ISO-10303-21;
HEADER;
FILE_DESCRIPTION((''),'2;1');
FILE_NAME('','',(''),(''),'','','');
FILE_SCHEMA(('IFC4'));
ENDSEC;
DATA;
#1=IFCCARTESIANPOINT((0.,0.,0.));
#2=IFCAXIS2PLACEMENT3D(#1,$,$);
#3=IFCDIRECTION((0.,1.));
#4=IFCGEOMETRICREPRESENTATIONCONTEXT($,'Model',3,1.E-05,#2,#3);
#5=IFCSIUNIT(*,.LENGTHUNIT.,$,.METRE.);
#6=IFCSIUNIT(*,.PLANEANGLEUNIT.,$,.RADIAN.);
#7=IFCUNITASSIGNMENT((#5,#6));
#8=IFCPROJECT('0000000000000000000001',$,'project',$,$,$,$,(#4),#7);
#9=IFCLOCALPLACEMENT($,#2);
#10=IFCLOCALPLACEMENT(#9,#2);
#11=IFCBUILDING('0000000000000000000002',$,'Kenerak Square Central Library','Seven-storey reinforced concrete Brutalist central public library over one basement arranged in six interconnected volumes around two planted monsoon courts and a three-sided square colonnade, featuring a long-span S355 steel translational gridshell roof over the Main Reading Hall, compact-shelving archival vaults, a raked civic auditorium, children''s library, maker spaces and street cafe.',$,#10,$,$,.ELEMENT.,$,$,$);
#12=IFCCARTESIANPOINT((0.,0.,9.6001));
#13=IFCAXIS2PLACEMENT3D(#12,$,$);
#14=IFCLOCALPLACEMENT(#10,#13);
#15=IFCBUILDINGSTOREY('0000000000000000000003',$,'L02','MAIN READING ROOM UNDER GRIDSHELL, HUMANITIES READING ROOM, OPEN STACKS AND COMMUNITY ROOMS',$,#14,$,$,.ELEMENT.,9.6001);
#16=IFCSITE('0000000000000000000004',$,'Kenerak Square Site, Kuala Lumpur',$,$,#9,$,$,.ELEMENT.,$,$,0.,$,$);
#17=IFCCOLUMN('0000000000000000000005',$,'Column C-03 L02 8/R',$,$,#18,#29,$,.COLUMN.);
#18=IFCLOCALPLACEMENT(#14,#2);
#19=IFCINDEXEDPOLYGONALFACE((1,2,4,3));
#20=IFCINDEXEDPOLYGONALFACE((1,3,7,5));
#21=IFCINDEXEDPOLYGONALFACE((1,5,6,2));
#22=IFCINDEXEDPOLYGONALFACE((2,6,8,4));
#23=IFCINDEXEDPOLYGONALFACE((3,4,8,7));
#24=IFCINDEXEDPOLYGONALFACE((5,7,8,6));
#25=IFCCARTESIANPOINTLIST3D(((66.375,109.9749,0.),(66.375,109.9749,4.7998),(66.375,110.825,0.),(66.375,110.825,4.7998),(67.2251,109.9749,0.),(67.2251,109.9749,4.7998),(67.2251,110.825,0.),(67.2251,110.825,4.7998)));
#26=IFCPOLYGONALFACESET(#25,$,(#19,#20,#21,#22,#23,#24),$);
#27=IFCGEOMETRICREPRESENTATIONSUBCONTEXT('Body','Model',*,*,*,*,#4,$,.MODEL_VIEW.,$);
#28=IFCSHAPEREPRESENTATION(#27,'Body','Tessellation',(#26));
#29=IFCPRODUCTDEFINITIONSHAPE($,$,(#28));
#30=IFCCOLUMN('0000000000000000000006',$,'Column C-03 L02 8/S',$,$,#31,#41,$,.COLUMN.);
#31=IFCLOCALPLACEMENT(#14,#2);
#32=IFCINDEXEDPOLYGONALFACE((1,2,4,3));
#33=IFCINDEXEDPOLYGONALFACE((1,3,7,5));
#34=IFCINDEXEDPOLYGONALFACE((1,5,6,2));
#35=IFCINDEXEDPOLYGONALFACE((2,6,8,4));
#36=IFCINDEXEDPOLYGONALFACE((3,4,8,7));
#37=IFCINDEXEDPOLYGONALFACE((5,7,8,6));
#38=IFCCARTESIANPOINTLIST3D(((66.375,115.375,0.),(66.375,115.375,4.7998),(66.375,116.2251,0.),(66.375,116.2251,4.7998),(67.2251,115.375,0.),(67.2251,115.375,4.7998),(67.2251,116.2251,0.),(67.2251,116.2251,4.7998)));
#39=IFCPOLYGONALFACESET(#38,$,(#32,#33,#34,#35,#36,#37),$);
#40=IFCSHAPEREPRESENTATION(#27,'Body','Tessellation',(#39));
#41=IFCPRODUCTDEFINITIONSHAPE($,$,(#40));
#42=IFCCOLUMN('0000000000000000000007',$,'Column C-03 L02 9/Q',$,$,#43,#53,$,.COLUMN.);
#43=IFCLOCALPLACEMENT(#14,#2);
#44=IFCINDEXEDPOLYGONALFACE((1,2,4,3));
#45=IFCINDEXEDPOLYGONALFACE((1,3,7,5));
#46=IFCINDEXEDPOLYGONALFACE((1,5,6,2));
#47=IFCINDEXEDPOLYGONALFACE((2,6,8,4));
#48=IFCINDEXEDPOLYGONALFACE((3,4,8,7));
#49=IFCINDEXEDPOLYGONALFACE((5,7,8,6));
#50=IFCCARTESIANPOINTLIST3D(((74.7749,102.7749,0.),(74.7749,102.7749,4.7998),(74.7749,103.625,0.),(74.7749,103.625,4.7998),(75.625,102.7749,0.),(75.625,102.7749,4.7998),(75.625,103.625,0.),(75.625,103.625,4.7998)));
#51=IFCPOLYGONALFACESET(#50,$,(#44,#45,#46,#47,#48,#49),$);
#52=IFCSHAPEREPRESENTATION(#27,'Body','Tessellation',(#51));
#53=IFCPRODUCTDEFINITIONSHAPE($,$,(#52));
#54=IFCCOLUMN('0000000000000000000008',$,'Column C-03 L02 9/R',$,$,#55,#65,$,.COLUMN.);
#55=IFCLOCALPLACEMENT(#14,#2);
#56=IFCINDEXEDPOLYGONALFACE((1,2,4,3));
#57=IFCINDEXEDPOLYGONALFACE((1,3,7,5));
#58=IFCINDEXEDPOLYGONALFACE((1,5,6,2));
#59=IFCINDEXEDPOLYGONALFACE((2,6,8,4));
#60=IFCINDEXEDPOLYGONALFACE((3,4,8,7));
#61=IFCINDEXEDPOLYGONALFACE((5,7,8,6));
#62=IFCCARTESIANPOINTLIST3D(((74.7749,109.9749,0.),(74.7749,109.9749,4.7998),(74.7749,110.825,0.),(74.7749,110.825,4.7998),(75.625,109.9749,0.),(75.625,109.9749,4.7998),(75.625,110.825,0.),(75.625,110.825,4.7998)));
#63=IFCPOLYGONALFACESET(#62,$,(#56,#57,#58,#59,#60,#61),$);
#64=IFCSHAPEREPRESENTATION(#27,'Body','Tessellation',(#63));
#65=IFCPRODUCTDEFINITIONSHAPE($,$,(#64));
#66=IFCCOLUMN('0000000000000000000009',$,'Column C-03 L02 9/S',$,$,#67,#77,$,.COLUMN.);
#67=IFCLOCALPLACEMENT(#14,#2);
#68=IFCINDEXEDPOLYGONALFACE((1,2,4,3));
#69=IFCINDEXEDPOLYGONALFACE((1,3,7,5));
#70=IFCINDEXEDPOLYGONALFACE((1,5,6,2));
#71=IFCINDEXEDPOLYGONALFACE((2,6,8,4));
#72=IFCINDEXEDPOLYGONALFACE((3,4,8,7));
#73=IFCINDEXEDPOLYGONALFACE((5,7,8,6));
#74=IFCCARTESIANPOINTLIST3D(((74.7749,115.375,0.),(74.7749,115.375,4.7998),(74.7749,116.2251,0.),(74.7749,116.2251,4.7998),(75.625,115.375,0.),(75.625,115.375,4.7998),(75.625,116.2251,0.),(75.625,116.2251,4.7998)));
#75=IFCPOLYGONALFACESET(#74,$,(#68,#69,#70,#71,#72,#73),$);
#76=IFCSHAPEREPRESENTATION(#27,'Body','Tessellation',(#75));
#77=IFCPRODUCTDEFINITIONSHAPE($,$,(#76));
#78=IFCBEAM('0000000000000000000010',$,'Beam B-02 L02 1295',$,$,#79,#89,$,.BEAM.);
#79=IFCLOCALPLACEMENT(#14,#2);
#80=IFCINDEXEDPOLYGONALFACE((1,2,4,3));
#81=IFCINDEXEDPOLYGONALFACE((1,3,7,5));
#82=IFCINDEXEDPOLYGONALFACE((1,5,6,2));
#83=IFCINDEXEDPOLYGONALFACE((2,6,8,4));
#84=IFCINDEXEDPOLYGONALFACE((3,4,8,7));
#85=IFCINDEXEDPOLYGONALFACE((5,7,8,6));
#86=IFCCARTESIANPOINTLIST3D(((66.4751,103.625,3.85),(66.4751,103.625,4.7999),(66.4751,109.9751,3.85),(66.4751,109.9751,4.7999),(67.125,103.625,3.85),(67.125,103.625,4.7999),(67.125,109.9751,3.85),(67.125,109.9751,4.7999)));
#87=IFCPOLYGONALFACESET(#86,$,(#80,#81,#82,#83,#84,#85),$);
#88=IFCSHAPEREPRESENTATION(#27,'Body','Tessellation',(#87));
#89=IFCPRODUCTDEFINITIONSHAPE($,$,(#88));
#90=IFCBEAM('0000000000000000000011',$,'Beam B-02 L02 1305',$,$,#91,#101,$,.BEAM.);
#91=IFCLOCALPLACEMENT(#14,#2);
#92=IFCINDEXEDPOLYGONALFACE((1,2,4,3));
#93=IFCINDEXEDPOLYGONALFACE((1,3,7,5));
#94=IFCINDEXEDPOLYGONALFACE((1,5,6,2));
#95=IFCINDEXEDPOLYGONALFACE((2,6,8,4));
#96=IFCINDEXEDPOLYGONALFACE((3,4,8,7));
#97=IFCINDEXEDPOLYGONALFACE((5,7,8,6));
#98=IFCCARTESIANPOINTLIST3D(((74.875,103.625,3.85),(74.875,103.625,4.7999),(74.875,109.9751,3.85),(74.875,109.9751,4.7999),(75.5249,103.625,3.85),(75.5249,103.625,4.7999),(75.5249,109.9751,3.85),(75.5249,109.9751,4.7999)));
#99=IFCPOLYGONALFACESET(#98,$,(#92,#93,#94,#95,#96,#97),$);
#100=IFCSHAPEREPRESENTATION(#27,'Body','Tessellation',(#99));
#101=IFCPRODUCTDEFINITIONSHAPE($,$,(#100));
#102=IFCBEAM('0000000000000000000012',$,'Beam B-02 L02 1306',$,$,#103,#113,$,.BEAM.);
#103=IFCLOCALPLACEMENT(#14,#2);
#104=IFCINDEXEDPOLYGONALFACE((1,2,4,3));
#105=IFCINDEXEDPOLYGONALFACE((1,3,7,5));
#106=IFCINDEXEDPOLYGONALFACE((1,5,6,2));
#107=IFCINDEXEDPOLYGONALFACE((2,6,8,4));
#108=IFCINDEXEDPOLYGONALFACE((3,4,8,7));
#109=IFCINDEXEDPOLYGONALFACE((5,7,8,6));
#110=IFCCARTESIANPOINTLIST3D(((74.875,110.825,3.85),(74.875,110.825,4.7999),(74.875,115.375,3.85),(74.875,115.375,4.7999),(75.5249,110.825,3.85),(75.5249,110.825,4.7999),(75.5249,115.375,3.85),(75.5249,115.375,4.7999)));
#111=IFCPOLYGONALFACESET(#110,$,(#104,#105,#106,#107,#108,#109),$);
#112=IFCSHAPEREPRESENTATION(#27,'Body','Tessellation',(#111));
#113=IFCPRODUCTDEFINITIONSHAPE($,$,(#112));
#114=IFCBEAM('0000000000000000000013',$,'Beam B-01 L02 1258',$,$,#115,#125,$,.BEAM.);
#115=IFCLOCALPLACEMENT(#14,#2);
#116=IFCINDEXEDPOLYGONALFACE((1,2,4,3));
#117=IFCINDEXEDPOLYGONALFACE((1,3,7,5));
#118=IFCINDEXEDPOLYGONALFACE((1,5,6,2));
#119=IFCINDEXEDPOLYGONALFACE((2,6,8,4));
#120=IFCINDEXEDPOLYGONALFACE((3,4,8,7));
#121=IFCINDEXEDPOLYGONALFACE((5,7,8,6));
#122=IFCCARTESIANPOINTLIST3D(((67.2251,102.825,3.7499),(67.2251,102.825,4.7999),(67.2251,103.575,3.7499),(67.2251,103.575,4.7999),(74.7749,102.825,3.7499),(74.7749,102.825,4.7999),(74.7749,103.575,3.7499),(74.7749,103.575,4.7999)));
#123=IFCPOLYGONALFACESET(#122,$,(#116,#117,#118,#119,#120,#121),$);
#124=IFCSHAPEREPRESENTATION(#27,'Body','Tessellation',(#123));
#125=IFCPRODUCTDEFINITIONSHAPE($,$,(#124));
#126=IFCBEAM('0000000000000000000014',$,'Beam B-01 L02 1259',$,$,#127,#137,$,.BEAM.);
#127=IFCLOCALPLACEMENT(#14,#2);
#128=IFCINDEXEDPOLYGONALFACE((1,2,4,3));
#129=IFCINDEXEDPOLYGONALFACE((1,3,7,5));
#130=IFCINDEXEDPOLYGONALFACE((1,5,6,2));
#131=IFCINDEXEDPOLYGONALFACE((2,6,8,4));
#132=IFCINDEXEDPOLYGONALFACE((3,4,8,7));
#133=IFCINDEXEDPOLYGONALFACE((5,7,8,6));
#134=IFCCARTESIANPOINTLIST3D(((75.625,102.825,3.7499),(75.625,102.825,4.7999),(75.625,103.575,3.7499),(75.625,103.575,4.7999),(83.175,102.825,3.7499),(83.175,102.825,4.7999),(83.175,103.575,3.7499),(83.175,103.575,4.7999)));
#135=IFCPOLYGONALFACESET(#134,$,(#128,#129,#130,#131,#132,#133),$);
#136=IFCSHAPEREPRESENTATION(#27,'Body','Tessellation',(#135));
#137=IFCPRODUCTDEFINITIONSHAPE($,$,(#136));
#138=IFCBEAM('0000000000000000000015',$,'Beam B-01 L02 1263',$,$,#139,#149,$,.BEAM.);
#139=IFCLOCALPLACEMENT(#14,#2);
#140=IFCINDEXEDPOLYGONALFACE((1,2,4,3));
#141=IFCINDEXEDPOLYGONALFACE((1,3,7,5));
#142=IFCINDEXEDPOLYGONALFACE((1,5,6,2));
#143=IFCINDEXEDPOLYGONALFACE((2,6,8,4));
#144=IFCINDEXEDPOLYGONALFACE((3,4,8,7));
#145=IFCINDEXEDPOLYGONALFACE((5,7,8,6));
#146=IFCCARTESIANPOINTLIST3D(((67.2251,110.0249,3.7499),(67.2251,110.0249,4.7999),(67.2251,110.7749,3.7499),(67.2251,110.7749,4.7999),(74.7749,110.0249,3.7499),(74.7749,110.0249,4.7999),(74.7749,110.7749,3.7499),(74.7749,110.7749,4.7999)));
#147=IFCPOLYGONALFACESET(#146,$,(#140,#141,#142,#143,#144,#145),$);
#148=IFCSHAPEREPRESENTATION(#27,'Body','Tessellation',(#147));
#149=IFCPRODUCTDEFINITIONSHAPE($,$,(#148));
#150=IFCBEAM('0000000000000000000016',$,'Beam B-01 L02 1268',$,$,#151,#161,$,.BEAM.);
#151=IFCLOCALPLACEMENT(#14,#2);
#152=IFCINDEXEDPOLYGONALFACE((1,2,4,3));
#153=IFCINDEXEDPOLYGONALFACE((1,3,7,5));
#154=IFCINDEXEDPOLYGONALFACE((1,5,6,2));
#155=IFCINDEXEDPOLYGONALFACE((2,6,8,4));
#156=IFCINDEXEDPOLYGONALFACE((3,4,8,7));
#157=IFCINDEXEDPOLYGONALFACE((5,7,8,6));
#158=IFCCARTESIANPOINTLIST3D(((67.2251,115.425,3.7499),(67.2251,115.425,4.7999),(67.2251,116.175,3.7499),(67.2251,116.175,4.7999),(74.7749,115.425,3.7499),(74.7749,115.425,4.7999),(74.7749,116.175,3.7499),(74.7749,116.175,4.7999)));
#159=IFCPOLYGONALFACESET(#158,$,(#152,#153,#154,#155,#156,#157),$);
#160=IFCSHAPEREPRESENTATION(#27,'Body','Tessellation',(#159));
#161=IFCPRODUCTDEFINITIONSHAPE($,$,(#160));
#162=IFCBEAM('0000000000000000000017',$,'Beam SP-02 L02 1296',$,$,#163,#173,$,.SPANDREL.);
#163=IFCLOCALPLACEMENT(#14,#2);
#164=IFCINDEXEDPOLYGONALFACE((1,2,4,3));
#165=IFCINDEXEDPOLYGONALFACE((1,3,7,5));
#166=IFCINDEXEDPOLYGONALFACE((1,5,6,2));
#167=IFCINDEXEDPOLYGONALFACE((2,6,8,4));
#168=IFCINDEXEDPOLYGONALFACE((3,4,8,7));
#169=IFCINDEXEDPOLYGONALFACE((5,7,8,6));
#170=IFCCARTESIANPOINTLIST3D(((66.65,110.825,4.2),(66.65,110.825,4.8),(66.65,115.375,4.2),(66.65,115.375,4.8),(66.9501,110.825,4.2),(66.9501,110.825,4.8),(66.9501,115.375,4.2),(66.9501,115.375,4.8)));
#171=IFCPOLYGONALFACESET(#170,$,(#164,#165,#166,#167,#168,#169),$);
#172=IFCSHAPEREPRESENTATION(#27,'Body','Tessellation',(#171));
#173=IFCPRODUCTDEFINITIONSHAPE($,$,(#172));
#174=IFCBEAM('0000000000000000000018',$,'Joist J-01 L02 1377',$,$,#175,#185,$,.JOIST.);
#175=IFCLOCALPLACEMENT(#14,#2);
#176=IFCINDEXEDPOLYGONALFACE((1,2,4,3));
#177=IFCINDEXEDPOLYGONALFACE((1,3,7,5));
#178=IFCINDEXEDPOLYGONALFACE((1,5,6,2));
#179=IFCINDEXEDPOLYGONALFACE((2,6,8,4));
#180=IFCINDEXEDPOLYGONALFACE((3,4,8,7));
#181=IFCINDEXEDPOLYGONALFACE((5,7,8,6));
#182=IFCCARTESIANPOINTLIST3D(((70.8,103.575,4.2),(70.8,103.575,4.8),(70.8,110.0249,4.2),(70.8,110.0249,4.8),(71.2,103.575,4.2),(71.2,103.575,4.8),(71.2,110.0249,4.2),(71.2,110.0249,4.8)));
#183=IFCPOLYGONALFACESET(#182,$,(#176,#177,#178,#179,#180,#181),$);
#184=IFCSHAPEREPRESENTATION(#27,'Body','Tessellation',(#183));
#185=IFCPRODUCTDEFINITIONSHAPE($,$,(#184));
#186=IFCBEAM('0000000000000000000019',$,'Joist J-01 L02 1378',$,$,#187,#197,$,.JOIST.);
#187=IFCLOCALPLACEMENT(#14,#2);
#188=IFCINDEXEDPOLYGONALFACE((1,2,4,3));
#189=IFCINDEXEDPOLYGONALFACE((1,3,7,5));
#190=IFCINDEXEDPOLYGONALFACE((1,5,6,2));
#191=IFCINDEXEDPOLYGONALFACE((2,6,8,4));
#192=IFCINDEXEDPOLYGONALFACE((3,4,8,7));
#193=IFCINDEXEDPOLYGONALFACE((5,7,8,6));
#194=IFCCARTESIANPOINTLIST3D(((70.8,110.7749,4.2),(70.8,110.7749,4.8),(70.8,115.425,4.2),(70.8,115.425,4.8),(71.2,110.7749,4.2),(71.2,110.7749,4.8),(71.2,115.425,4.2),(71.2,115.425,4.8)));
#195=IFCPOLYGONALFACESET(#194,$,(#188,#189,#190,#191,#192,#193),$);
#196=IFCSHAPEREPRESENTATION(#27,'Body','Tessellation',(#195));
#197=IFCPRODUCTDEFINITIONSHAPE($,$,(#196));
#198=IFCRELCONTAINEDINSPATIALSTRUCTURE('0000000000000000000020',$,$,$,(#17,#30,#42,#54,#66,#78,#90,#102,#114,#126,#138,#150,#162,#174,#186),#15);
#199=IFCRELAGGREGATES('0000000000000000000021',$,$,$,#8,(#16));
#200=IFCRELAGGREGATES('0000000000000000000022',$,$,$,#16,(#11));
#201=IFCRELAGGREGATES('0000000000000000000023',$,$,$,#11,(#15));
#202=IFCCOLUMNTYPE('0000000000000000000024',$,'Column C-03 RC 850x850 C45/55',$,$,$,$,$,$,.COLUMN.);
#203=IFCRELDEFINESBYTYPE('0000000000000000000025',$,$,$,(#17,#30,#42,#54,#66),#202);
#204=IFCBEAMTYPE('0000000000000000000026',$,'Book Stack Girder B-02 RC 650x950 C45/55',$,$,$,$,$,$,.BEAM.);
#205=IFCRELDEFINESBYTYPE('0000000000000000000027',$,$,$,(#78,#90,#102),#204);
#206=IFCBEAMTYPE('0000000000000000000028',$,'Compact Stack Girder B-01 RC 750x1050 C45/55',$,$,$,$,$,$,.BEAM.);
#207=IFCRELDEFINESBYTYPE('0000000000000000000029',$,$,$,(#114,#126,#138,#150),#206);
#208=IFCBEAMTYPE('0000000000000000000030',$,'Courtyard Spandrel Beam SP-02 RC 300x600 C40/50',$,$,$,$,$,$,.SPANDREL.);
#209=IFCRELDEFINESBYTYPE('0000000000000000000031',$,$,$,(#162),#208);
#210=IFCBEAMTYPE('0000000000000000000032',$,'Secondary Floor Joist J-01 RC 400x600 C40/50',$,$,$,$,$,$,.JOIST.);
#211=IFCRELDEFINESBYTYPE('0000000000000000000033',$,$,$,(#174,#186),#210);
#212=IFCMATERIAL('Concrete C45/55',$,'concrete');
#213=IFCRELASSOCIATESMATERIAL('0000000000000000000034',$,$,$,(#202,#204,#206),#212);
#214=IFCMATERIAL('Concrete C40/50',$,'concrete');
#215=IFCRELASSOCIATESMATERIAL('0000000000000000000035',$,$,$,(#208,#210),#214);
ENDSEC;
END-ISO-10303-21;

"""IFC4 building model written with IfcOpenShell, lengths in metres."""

from ifc_helpers import new_model, si_unit, direction, frame, origin, origin_2d, place, context, subcontext, project, spatial, rectangle, extrude, material, material_profile, profile_set, type_object, element, save


model = new_model("IFC4")

# Units and contexts
model_context = context("Model", 3, precision=1e-05, world=origin(), true_north=direction((0.0, 1.0)))
body_context = subcontext(model_context, "Body", "Model", "MODEL_VIEW")
ifc_project = project(units=[si_unit("LENGTHUNIT", "METRE"), si_unit("PLANEANGLEUNIT", "RADIAN")], contexts=[model_context])

# Site, building, storey
site_placement = place(None, origin())
site = spatial("IfcSite", under=ifc_project, at=site_placement, Name="Kenerak Square Site, Kuala Lumpur", CompositionType="ELEMENT", RefElevation=0.0)
building_placement = place(site_placement, origin())
building = spatial("IfcBuilding", under=site, at=building_placement, Name="Kenerak Square Central Library", Description="Seven-storey reinforced concrete Brutalist central public library over one basement arranged in six interconnected volumes around two planted monsoon courts and a three-sided square colonnade, featuring a long-span S355 steel translational gridshell roof over the Main Reading Hall, compact-shelving archival vaults, a raked civic auditorium, children's library, maker spaces and street cafe.", CompositionType="ELEMENT")
storey_placement = place(building_placement, frame((0.0, 0.0, 9.6001)))
storey = spatial("IfcBuildingStorey", under=building, at=storey_placement, Name="L02", Description="MAIN READING ROOM UNDER GRIDSHELL, HUMANITIES READING ROOM, OPEN STACKS AND COMMUNITY ROOMS", CompositionType="ELEMENT", Elevation=9.6001)

# Columns
ifc_material_1 = material(Name="Concrete C45/55", Category="concrete")
ifc_material_profile_1 = material_profile(ifc_material_1, rectangle(XDim=0.8501, YDim=0.8501, at=origin_2d()), Name="RC 850x850")
ifc_profile_set_1 = profile_set([ifc_material_profile_1], Name="Concrete C45/55")
column_type = type_object("IfcColumnType", Name="Column C-03 RC 850x850 C45/55", PredefinedType="COLUMN", material=ifc_profile_set_1)
for number, where, z_axis, x_axis, name in (
    (1, (66.8, 110.3999, 0.0), (0.0, 0.0, 1.0), (1.0, 0.0, 0.0), "Column C-03 L02 8/R"),
    (2, (66.8, 115.8, 0.0), (0.0, 0.0, 1.0), (1.0, 0.0, 0.0), "Column C-03 L02 8/S"),
    (3, (75.2, 103.2, 0.0), (0.0, 0.0, 1.0), (1.0, 0.0, 0.0), "Column C-03 L02 9/Q"),
    (4, (75.2, 110.3999, 0.0), (0.0, 0.0, 1.0), (1.0, 0.0, 0.0), "Column C-03 L02 9/R"),
    (5, (75.2, 115.8, 0.0), (0.0, 0.0, 1.0), (1.0, 0.0, 0.0), "Column C-03 L02 9/S"),
):
    element("IfcColumn", number, at=place(storey_placement, frame(where, z_axis=z_axis, x_axis=x_axis)), inside=storey, type_object=column_type, Name=name, PredefinedType="COLUMN", context=body_context, shape_type="SweptSolid", body=[
        extrude(rectangle(XDim=0.8501, YDim=0.8501, at=origin_2d()), origin(), (0.0, 0.0, 1.0), 4.7998),
    ])

# Beams
ifc_material_profile_2 = material_profile(ifc_material_1, rectangle(XDim=0.6499, YDim=0.95, at=origin_2d()), Name="RC 650x950")
ifc_profile_set_2 = profile_set([ifc_material_profile_2], Name="Concrete C45/55")
beam_type_1 = type_object("IfcBeamType", Name="Book Stack Girder B-02 RC 650x950 C45/55", PredefinedType="BEAM", material=ifc_profile_set_2)
for number, where, z_axis, x_axis, name in (
    (6, (66.8, 103.625, 4.325), (0.0, 1.0, 0.0), (-1.0, 0.0, 0.0), "Beam B-02 L02 1295"),
    (7, (75.2, 103.625, 4.325), (0.0, 1.0, 0.0), (-1.0, 0.0, 0.0), "Beam B-02 L02 1305"),
):
    element("IfcBeam", number, at=place(storey_placement, frame(where, z_axis=z_axis, x_axis=x_axis)), inside=storey, type_object=beam_type_1, Name=name, PredefinedType="BEAM", context=body_context, shape_type="SweptSolid", body=[
        extrude(rectangle(XDim=0.6499, YDim=0.95, at=origin_2d()), origin(), (0.0, 0.0, 1.0), 6.3501),
    ])
beam_1_placement = place(storey_placement, frame((75.2, 110.825, 4.325), z_axis=(0.0, 1.0, 0.0), x_axis=(-1.0, 0.0, 0.0)))
element("IfcBeam", 8, at=beam_1_placement, inside=storey, type_object=beam_type_1, Name="Beam B-02 L02 1306", PredefinedType="BEAM", context=body_context, shape_type="SweptSolid", body=[
    extrude(rectangle(XDim=0.6499, YDim=0.95, at=origin_2d()), origin(), (0.0, 0.0, 1.0), 4.55),
])
ifc_material_profile_3 = material_profile(ifc_material_1, rectangle(XDim=0.75, YDim=1.05, at=origin_2d()), Name="RC 750x1050")
ifc_profile_set_3 = profile_set([ifc_material_profile_3], Name="Concrete C45/55")
beam_type_2 = type_object("IfcBeamType", Name="Compact Stack Girder B-01 RC 750x1050 C45/55", PredefinedType="BEAM", material=ifc_profile_set_3)
beam_2_placement = place(storey_placement, frame((67.2251, 103.2, 4.2749), z_axis=(1.0, 0.0, 0.0), x_axis=(0.0, 1.0, 0.0)))
element("IfcBeam", 9, at=beam_2_placement, inside=storey, type_object=beam_type_2, Name="Beam B-01 L02 1258", PredefinedType="BEAM", context=body_context, shape_type="SweptSolid", body=[
    extrude(rectangle(XDim=0.75, YDim=1.05, at=origin_2d()), origin(), (0.0, 0.0, 1.0), 7.5498),
])
beam_3_placement = place(storey_placement, frame((75.625, 103.2, 4.2749), z_axis=(1.0, 0.0, 0.0), x_axis=(0.0, 1.0, 0.0)))
element("IfcBeam", 10, at=beam_3_placement, inside=storey, type_object=beam_type_2, Name="Beam B-01 L02 1259", PredefinedType="BEAM", context=body_context, shape_type="SweptSolid", body=[
    extrude(rectangle(XDim=0.75, YDim=1.05, at=origin_2d()), origin(), (0.0, 0.0, 1.0), 7.55),
])
for number, where, z_axis, x_axis, name in (
    (11, (67.2251, 110.3999, 4.2749), (1.0, 0.0, 0.0), (0.0, 1.0, 0.0), "Beam B-01 L02 1263"),
    (12, (67.2251, 115.8, 4.2749), (1.0, 0.0, 0.0), (0.0, 1.0, 0.0), "Beam B-01 L02 1268"),
):
    element("IfcBeam", number, at=place(storey_placement, frame(where, z_axis=z_axis, x_axis=x_axis)), inside=storey, type_object=beam_type_2, Name=name, PredefinedType="BEAM", context=body_context, shape_type="SweptSolid", body=[
        extrude(rectangle(XDim=0.75, YDim=1.05, at=origin_2d()), origin(), (0.0, 0.0, 1.0), 7.5498),
    ])
ifc_material_2 = material(Name="Concrete C40/50", Category="concrete")
ifc_material_profile_4 = material_profile(ifc_material_2, rectangle(XDim=0.3, YDim=0.6001, at=origin_2d()), Name="RC 300x600")
ifc_profile_set_4 = profile_set([ifc_material_profile_4], Name="Concrete C40/50")
beam_type_3 = type_object("IfcBeamType", Name="Courtyard Spandrel Beam SP-02 RC 300x600 C40/50", PredefinedType="SPANDREL", material=ifc_profile_set_4)
beam_4_placement = place(storey_placement, frame((66.8, 110.825, 4.5), z_axis=(0.0, 1.0, 0.0), x_axis=(-1.0, 0.0, 0.0)))
element("IfcBeam", 13, at=beam_4_placement, inside=storey, type_object=beam_type_3, Name="Beam SP-02 L02 1296", PredefinedType="SPANDREL", context=body_context, shape_type="SweptSolid", body=[
    extrude(rectangle(XDim=0.3, YDim=0.6001, at=origin_2d()), origin(), (0.0, 0.0, 1.0), 4.55),
])
ifc_material_profile_5 = material_profile(ifc_material_2, rectangle(XDim=0.3999, YDim=0.6001, at=origin_2d()), Name="RC 400x600")
ifc_profile_set_5 = profile_set([ifc_material_profile_5], Name="Concrete C40/50")
beam_type_4 = type_object("IfcBeamType", Name="Secondary Floor Joist J-01 RC 400x600 C40/50", PredefinedType="JOIST", material=ifc_profile_set_5)
beam_5_placement = place(storey_placement, frame((71.0, 103.575, 4.5), z_axis=(0.0, 1.0, 0.0), x_axis=(-1.0, 0.0, 0.0)))
element("IfcBeam", 14, at=beam_5_placement, inside=storey, type_object=beam_type_4, Name="Joist J-01 L02 1377", PredefinedType="JOIST", context=body_context, shape_type="SweptSolid", body=[
    extrude(rectangle(XDim=0.3999, YDim=0.6001, at=origin_2d()), origin(), (0.0, 0.0, 1.0), 6.45),
])
beam_6_placement = place(storey_placement, frame((71.0, 110.7749, 4.5), z_axis=(0.0, 1.0, 0.0), x_axis=(-1.0, 0.0, 0.0)))
element("IfcBeam", 15, at=beam_6_placement, inside=storey, type_object=beam_type_4, Name="Joist J-01 L02 1378", PredefinedType="JOIST", context=body_context, shape_type="SweptSolid", body=[
    extrude(rectangle(XDim=0.3999, YDim=0.6001, at=origin_2d()), origin(), (0.0, 0.0, 1.0), 4.6501),
])

save(model, "model.ifc")
